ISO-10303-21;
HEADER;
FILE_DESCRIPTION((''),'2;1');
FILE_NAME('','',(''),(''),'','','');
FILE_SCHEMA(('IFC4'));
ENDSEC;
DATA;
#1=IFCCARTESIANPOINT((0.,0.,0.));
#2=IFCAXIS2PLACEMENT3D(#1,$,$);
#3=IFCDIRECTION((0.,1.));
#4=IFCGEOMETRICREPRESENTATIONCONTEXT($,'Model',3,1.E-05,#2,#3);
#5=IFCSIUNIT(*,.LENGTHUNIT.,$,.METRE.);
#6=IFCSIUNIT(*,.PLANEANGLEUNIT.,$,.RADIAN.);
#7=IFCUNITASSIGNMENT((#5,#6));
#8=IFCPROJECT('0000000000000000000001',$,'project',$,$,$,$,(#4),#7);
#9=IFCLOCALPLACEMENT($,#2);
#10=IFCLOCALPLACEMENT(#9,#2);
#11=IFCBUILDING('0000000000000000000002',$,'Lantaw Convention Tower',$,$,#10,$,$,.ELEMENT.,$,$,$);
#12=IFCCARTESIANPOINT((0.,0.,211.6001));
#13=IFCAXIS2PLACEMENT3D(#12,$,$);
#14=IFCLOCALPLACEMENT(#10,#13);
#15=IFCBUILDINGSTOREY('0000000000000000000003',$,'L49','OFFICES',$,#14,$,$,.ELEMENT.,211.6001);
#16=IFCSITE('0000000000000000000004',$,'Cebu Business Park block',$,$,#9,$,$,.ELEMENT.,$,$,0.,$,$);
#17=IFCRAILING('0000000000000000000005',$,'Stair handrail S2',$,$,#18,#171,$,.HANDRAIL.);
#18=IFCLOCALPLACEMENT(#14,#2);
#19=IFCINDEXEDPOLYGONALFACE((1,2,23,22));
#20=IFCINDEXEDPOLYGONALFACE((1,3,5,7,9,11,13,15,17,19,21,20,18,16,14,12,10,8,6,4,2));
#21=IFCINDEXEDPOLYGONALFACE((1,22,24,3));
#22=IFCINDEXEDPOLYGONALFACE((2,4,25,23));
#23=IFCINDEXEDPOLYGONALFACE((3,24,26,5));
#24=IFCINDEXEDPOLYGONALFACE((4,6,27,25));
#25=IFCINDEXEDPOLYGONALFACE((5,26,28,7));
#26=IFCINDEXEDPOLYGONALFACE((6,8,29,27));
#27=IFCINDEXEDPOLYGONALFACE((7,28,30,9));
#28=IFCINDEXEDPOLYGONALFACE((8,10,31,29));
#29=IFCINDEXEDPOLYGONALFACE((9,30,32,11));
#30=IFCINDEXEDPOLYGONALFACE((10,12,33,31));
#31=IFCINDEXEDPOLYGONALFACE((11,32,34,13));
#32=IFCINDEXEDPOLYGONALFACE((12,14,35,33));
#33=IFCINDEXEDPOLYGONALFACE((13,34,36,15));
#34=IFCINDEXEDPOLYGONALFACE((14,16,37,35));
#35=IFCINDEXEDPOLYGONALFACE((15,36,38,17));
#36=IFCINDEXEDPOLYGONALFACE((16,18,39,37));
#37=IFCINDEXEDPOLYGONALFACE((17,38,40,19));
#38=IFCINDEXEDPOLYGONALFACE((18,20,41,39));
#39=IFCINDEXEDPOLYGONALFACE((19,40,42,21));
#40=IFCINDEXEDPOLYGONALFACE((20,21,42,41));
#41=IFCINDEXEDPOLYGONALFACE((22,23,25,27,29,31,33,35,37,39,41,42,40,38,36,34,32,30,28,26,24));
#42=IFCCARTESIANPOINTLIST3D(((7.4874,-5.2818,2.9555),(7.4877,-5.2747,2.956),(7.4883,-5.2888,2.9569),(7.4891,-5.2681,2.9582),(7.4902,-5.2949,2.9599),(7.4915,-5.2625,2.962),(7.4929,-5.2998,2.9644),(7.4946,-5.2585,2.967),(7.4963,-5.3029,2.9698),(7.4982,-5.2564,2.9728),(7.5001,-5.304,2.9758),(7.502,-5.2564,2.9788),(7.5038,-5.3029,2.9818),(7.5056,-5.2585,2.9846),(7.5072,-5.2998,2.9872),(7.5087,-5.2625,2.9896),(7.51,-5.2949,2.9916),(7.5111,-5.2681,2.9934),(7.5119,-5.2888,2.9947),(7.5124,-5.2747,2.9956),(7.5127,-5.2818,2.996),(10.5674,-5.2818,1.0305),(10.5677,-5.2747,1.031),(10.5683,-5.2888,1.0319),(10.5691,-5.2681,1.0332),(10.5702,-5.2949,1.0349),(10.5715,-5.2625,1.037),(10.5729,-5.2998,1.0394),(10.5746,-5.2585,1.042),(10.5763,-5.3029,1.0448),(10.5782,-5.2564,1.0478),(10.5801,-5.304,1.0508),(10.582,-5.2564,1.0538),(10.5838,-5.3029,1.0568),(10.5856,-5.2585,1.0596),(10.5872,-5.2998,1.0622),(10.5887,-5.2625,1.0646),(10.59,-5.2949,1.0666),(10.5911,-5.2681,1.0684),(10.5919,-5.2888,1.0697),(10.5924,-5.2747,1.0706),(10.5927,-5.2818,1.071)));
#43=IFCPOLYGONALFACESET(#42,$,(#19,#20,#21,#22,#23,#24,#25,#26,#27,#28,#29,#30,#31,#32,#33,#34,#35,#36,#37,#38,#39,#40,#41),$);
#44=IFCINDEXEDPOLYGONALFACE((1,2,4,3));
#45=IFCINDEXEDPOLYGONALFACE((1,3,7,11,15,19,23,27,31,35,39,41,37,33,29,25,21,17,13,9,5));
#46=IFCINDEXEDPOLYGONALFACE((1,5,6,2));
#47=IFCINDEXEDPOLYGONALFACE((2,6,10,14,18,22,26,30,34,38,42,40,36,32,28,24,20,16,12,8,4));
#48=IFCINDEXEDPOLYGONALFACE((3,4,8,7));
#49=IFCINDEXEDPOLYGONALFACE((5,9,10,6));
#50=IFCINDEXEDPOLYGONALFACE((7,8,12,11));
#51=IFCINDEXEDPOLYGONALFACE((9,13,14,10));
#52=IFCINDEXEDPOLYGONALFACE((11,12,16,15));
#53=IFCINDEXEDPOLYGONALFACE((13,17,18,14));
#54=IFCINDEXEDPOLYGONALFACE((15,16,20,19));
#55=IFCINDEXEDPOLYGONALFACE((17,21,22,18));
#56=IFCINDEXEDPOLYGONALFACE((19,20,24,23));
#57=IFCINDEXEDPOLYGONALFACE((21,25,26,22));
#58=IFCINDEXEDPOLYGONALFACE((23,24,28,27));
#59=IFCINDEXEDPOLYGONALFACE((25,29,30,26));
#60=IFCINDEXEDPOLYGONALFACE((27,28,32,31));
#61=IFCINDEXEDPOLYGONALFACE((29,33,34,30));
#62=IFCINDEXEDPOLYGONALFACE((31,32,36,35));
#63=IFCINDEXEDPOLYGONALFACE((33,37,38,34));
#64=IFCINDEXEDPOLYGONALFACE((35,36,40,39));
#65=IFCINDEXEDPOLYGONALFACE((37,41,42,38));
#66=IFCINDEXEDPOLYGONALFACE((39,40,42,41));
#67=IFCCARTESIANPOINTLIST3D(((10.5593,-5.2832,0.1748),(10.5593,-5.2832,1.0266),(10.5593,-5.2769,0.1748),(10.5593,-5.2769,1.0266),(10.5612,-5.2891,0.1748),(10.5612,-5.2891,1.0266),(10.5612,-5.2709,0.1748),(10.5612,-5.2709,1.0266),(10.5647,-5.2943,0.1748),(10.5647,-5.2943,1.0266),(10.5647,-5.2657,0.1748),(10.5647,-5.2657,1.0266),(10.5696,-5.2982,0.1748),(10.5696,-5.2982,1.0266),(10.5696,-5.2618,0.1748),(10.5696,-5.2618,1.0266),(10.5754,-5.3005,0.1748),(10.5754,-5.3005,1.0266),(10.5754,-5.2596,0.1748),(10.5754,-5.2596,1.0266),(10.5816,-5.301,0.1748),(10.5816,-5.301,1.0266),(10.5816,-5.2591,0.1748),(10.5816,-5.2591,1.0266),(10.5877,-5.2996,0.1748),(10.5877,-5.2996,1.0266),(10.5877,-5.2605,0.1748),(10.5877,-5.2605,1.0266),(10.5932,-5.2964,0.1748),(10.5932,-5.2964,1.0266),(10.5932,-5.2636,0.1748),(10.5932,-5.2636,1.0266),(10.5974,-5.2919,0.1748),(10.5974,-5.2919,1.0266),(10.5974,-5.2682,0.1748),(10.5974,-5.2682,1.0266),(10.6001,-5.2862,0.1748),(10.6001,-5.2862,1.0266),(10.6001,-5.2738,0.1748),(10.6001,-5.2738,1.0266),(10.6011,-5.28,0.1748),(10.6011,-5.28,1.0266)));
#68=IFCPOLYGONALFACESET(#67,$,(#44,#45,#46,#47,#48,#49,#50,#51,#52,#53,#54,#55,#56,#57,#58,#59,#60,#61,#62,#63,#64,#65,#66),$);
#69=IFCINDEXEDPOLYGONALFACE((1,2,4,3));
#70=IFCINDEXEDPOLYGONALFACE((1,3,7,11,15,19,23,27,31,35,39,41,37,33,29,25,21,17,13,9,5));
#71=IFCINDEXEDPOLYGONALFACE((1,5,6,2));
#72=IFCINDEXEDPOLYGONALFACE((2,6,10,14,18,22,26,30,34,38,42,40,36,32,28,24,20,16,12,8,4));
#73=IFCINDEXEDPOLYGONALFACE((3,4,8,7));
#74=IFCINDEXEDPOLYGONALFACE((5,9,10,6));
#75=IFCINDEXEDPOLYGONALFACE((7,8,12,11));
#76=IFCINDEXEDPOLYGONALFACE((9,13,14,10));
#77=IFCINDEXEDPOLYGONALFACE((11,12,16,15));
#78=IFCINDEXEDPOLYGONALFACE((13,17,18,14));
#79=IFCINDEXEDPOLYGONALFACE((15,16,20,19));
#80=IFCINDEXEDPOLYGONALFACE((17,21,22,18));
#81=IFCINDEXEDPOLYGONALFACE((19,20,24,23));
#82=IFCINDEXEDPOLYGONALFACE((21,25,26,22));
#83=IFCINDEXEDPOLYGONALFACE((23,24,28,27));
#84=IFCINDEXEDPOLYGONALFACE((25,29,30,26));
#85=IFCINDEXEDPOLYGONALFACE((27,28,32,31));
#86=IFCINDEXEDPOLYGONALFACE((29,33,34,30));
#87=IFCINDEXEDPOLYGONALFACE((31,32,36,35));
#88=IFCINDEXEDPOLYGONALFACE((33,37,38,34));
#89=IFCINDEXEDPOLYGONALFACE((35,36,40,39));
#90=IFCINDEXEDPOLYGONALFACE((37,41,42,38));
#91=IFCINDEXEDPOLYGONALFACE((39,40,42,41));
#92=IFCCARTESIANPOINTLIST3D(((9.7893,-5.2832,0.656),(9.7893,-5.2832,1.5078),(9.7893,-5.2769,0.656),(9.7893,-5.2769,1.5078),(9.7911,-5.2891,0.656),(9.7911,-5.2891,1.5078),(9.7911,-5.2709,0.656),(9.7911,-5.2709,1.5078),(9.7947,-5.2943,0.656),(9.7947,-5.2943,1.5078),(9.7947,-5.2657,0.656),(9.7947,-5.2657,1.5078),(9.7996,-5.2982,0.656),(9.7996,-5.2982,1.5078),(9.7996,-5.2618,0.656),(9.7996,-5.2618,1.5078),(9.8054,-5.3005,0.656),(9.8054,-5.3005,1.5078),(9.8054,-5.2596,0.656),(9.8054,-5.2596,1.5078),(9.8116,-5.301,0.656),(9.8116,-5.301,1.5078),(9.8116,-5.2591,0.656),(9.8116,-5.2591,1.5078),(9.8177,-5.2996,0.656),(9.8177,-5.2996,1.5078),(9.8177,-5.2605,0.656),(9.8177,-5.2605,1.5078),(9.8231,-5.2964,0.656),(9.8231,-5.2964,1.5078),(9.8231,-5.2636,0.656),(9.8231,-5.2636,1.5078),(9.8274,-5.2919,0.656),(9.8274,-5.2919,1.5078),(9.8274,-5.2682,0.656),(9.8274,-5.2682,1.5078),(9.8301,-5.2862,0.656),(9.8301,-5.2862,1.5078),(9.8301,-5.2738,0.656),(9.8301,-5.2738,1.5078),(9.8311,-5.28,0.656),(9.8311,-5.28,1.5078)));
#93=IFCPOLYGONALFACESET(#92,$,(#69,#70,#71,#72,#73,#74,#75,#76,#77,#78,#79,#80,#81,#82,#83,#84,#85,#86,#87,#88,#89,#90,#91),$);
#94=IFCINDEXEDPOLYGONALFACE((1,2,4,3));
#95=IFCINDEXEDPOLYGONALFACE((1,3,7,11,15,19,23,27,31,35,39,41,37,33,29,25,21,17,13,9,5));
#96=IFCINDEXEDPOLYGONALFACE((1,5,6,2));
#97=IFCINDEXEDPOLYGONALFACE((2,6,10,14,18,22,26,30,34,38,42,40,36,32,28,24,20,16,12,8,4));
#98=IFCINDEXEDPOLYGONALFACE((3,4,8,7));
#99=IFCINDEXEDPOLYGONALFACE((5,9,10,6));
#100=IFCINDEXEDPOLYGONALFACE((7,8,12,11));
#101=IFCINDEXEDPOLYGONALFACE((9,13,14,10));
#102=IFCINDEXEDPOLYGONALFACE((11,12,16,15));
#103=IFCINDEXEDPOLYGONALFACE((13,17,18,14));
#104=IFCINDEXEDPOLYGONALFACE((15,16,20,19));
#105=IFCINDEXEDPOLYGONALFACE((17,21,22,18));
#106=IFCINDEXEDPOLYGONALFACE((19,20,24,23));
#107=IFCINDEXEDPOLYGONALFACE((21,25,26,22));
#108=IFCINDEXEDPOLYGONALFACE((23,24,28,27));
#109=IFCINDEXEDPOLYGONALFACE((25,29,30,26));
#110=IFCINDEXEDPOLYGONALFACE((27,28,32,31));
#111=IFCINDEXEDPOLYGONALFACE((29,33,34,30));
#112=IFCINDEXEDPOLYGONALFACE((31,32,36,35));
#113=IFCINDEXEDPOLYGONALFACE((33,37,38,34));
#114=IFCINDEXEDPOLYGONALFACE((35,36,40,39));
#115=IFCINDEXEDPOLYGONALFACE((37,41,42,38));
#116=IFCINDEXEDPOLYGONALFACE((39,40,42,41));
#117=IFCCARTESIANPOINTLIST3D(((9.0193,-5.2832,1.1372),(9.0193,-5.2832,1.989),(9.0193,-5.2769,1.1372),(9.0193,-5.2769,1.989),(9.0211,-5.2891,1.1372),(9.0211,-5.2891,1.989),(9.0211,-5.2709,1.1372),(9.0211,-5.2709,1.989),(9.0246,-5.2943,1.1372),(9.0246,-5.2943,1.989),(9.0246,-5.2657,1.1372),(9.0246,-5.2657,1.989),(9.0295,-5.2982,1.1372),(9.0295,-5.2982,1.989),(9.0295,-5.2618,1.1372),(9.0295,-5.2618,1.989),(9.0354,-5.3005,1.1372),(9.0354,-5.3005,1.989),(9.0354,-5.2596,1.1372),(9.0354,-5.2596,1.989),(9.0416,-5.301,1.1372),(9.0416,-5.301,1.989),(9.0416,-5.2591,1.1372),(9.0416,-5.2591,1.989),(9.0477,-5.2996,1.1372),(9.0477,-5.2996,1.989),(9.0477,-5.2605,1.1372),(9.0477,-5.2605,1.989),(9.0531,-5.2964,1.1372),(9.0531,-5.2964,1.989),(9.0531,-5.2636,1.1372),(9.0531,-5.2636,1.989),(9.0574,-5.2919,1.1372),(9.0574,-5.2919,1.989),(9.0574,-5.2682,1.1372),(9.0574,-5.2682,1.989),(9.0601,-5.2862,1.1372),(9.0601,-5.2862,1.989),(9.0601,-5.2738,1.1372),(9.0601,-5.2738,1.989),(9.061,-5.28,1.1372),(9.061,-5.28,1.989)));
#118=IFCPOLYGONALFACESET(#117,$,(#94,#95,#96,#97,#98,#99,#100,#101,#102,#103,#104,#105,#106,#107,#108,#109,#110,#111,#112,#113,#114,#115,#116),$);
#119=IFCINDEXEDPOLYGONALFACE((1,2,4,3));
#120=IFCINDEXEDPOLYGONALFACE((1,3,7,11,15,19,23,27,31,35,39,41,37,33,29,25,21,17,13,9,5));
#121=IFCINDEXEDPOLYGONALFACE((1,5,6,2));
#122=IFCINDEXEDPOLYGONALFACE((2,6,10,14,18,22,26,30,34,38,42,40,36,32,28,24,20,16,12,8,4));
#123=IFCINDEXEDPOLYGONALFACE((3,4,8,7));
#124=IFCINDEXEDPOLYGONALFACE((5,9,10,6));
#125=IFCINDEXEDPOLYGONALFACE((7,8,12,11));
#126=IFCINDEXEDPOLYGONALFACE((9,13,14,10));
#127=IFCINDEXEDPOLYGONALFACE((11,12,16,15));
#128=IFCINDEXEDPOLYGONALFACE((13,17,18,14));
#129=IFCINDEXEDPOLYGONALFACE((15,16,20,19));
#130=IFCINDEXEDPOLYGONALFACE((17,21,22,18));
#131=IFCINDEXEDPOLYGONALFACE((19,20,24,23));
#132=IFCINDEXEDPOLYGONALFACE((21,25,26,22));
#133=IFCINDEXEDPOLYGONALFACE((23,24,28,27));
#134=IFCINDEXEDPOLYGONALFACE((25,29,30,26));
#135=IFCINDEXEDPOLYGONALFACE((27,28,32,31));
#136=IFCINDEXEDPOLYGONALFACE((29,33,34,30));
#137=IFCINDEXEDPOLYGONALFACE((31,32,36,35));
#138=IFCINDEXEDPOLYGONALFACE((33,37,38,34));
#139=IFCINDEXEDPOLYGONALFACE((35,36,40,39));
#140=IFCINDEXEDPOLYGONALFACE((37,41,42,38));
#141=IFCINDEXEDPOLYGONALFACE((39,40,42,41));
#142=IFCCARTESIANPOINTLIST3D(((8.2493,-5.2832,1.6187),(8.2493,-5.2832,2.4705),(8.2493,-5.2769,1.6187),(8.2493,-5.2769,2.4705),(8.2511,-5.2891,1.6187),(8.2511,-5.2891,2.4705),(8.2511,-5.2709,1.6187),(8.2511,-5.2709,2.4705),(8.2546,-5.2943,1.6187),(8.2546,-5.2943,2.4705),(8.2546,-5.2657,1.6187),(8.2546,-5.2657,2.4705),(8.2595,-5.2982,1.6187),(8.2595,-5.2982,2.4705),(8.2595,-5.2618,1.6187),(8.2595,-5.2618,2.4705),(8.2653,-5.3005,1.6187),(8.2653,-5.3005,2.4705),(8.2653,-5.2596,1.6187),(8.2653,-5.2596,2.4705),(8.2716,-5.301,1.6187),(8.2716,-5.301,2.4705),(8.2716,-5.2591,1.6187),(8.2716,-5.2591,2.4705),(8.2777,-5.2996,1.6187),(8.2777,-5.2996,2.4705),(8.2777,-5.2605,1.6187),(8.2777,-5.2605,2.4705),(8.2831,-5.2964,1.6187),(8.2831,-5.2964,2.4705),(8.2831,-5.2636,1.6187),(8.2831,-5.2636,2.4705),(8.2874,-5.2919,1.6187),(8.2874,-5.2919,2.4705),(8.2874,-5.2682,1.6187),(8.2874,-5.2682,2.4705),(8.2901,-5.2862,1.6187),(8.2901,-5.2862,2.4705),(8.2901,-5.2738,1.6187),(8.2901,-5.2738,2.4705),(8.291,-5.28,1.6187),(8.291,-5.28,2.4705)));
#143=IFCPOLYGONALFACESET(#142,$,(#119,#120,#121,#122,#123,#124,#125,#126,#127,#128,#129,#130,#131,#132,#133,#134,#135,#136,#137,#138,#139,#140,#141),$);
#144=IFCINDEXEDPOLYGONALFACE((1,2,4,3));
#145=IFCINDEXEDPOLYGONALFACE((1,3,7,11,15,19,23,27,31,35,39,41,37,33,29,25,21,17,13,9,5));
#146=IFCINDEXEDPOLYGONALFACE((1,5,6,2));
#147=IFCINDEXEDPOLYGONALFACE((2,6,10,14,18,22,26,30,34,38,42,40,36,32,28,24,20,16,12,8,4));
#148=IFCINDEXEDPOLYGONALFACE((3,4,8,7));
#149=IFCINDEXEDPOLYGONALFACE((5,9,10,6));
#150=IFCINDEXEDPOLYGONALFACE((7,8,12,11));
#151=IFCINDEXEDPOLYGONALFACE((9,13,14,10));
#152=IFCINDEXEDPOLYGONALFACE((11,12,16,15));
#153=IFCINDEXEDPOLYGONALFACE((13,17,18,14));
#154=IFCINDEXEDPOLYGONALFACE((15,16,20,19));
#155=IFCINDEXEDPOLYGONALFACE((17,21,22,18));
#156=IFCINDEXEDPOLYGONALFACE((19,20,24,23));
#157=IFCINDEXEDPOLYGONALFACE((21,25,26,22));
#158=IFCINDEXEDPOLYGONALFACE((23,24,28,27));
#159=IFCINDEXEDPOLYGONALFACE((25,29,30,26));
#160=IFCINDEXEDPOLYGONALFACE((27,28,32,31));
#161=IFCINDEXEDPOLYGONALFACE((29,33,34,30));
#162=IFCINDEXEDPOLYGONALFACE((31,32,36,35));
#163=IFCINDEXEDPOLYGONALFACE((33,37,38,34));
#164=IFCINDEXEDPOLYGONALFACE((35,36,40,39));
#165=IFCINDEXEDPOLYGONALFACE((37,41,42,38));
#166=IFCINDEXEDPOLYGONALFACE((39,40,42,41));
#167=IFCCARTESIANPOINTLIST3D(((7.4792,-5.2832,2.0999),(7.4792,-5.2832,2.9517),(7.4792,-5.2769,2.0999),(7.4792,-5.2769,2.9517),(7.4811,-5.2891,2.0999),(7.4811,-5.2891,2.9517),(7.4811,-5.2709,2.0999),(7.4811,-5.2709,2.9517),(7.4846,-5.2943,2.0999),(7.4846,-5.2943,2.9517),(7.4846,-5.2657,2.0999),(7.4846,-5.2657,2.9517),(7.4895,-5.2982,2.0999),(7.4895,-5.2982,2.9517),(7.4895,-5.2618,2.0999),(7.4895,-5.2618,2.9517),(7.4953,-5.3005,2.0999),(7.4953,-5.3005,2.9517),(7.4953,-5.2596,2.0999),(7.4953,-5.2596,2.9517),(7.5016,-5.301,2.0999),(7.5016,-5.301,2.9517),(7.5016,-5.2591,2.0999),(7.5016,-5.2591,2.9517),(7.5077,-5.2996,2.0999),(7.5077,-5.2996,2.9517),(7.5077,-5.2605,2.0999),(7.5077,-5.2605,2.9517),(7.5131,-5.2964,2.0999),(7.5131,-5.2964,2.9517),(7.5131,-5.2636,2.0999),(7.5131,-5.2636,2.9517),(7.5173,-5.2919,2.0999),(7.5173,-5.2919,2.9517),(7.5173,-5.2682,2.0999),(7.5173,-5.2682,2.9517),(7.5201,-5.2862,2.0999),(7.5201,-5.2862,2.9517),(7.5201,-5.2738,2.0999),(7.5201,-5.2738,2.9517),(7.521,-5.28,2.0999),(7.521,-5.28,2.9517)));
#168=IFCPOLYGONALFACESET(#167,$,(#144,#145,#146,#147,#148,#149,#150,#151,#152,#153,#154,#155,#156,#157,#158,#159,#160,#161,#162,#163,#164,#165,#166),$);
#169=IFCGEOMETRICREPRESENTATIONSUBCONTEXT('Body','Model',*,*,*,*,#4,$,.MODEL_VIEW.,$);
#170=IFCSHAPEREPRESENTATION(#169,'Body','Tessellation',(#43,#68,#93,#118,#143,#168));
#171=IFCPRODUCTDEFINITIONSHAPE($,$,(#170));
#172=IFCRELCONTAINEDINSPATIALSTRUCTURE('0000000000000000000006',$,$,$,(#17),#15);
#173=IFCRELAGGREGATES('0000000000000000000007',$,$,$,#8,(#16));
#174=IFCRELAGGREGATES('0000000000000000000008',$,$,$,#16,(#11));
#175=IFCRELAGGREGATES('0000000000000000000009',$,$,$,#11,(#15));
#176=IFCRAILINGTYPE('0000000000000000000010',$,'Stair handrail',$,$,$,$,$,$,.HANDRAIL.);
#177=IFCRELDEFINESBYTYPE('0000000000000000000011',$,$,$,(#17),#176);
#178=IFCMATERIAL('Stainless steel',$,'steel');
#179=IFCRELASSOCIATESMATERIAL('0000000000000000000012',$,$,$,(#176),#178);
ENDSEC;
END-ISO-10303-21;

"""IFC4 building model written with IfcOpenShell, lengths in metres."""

from ifc_helpers import new_model, si_unit, direction, frame, origin, origin_2d, place, context, subcontext, project, spatial, circle, extrude, material, type_object, element, save


model = new_model("IFC4")

# Units and contexts
model_context = context("Model", 3, precision=1e-05, world=origin(), true_north=direction((0.0, 1.0)))
body_context = subcontext(model_context, "Body", "Model", "MODEL_VIEW")
ifc_project = project(units=[si_unit("LENGTHUNIT", "METRE"), si_unit("PLANEANGLEUNIT", "RADIAN")], contexts=[model_context])

# Site, building, storey
site_placement = place(None, origin())
site = spatial("IfcSite", under=ifc_project, at=site_placement, Name="Cebu Business Park block", CompositionType="ELEMENT", RefElevation=0.0)
building_placement = place(site_placement, origin())
building = spatial("IfcBuilding", under=site, at=building_placement, Name="Lantaw Convention Tower", CompositionType="ELEMENT")
storey_placement = place(building_placement, frame((0.0, 0.0, 211.6001)))
storey = spatial("IfcBuildingStorey", under=building, at=storey_placement, Name="L49", Description="OFFICES", CompositionType="ELEMENT", Elevation=211.6001)

# Railing
ifc_material_1 = material(Name="Stainless steel", Category="steel")
railing_type = type_object("IfcRailingType", Name="Stair handrail", PredefinedType="HANDRAIL", material=ifc_material_1)
railing_placement = place(storey_placement, frame((10.5801, -5.28, 0.1748)))
element("IfcRailing", 1, at=railing_placement, inside=storey, type_object=railing_type, Name="Stair handrail S2", PredefinedType="HANDRAIL", context=body_context, shape_type="SweptSolid", body=[
    extrude(circle(Radius=0.0239, at=origin_2d()), frame((0.0, 0.0, 0.876), z_axis=(-0.847998, 0.0, 0.529999), x_axis=(0.0, -1.0, 0.0)), (0.0, 0.0, 1.0), 3.6321),
    extrude(circle(Radius=0.021, at=origin_2d()), origin(), (0.0, 0.0, 1.0), 0.8518),
    extrude(circle(Radius=0.021, at=origin_2d()), frame((-0.77, 0.0, 0.4812)), (0.0, 0.0, 1.0), 0.8518),
    extrude(circle(Radius=0.021, at=origin_2d()), frame((-1.54, 0.0, 0.9624)), (0.0, 0.0, 1.0), 0.8518),
    extrude(circle(Radius=0.021, at=origin_2d()), frame((-2.3101, 0.0, 1.4438)), (0.0, 0.0, 1.0), 0.8518),
    extrude(circle(Radius=0.021, at=origin_2d()), frame((-3.0801, 0.0, 1.925)), (0.0, 0.0, 1.0), 0.8518),
])

save(model, "model.ifc")
